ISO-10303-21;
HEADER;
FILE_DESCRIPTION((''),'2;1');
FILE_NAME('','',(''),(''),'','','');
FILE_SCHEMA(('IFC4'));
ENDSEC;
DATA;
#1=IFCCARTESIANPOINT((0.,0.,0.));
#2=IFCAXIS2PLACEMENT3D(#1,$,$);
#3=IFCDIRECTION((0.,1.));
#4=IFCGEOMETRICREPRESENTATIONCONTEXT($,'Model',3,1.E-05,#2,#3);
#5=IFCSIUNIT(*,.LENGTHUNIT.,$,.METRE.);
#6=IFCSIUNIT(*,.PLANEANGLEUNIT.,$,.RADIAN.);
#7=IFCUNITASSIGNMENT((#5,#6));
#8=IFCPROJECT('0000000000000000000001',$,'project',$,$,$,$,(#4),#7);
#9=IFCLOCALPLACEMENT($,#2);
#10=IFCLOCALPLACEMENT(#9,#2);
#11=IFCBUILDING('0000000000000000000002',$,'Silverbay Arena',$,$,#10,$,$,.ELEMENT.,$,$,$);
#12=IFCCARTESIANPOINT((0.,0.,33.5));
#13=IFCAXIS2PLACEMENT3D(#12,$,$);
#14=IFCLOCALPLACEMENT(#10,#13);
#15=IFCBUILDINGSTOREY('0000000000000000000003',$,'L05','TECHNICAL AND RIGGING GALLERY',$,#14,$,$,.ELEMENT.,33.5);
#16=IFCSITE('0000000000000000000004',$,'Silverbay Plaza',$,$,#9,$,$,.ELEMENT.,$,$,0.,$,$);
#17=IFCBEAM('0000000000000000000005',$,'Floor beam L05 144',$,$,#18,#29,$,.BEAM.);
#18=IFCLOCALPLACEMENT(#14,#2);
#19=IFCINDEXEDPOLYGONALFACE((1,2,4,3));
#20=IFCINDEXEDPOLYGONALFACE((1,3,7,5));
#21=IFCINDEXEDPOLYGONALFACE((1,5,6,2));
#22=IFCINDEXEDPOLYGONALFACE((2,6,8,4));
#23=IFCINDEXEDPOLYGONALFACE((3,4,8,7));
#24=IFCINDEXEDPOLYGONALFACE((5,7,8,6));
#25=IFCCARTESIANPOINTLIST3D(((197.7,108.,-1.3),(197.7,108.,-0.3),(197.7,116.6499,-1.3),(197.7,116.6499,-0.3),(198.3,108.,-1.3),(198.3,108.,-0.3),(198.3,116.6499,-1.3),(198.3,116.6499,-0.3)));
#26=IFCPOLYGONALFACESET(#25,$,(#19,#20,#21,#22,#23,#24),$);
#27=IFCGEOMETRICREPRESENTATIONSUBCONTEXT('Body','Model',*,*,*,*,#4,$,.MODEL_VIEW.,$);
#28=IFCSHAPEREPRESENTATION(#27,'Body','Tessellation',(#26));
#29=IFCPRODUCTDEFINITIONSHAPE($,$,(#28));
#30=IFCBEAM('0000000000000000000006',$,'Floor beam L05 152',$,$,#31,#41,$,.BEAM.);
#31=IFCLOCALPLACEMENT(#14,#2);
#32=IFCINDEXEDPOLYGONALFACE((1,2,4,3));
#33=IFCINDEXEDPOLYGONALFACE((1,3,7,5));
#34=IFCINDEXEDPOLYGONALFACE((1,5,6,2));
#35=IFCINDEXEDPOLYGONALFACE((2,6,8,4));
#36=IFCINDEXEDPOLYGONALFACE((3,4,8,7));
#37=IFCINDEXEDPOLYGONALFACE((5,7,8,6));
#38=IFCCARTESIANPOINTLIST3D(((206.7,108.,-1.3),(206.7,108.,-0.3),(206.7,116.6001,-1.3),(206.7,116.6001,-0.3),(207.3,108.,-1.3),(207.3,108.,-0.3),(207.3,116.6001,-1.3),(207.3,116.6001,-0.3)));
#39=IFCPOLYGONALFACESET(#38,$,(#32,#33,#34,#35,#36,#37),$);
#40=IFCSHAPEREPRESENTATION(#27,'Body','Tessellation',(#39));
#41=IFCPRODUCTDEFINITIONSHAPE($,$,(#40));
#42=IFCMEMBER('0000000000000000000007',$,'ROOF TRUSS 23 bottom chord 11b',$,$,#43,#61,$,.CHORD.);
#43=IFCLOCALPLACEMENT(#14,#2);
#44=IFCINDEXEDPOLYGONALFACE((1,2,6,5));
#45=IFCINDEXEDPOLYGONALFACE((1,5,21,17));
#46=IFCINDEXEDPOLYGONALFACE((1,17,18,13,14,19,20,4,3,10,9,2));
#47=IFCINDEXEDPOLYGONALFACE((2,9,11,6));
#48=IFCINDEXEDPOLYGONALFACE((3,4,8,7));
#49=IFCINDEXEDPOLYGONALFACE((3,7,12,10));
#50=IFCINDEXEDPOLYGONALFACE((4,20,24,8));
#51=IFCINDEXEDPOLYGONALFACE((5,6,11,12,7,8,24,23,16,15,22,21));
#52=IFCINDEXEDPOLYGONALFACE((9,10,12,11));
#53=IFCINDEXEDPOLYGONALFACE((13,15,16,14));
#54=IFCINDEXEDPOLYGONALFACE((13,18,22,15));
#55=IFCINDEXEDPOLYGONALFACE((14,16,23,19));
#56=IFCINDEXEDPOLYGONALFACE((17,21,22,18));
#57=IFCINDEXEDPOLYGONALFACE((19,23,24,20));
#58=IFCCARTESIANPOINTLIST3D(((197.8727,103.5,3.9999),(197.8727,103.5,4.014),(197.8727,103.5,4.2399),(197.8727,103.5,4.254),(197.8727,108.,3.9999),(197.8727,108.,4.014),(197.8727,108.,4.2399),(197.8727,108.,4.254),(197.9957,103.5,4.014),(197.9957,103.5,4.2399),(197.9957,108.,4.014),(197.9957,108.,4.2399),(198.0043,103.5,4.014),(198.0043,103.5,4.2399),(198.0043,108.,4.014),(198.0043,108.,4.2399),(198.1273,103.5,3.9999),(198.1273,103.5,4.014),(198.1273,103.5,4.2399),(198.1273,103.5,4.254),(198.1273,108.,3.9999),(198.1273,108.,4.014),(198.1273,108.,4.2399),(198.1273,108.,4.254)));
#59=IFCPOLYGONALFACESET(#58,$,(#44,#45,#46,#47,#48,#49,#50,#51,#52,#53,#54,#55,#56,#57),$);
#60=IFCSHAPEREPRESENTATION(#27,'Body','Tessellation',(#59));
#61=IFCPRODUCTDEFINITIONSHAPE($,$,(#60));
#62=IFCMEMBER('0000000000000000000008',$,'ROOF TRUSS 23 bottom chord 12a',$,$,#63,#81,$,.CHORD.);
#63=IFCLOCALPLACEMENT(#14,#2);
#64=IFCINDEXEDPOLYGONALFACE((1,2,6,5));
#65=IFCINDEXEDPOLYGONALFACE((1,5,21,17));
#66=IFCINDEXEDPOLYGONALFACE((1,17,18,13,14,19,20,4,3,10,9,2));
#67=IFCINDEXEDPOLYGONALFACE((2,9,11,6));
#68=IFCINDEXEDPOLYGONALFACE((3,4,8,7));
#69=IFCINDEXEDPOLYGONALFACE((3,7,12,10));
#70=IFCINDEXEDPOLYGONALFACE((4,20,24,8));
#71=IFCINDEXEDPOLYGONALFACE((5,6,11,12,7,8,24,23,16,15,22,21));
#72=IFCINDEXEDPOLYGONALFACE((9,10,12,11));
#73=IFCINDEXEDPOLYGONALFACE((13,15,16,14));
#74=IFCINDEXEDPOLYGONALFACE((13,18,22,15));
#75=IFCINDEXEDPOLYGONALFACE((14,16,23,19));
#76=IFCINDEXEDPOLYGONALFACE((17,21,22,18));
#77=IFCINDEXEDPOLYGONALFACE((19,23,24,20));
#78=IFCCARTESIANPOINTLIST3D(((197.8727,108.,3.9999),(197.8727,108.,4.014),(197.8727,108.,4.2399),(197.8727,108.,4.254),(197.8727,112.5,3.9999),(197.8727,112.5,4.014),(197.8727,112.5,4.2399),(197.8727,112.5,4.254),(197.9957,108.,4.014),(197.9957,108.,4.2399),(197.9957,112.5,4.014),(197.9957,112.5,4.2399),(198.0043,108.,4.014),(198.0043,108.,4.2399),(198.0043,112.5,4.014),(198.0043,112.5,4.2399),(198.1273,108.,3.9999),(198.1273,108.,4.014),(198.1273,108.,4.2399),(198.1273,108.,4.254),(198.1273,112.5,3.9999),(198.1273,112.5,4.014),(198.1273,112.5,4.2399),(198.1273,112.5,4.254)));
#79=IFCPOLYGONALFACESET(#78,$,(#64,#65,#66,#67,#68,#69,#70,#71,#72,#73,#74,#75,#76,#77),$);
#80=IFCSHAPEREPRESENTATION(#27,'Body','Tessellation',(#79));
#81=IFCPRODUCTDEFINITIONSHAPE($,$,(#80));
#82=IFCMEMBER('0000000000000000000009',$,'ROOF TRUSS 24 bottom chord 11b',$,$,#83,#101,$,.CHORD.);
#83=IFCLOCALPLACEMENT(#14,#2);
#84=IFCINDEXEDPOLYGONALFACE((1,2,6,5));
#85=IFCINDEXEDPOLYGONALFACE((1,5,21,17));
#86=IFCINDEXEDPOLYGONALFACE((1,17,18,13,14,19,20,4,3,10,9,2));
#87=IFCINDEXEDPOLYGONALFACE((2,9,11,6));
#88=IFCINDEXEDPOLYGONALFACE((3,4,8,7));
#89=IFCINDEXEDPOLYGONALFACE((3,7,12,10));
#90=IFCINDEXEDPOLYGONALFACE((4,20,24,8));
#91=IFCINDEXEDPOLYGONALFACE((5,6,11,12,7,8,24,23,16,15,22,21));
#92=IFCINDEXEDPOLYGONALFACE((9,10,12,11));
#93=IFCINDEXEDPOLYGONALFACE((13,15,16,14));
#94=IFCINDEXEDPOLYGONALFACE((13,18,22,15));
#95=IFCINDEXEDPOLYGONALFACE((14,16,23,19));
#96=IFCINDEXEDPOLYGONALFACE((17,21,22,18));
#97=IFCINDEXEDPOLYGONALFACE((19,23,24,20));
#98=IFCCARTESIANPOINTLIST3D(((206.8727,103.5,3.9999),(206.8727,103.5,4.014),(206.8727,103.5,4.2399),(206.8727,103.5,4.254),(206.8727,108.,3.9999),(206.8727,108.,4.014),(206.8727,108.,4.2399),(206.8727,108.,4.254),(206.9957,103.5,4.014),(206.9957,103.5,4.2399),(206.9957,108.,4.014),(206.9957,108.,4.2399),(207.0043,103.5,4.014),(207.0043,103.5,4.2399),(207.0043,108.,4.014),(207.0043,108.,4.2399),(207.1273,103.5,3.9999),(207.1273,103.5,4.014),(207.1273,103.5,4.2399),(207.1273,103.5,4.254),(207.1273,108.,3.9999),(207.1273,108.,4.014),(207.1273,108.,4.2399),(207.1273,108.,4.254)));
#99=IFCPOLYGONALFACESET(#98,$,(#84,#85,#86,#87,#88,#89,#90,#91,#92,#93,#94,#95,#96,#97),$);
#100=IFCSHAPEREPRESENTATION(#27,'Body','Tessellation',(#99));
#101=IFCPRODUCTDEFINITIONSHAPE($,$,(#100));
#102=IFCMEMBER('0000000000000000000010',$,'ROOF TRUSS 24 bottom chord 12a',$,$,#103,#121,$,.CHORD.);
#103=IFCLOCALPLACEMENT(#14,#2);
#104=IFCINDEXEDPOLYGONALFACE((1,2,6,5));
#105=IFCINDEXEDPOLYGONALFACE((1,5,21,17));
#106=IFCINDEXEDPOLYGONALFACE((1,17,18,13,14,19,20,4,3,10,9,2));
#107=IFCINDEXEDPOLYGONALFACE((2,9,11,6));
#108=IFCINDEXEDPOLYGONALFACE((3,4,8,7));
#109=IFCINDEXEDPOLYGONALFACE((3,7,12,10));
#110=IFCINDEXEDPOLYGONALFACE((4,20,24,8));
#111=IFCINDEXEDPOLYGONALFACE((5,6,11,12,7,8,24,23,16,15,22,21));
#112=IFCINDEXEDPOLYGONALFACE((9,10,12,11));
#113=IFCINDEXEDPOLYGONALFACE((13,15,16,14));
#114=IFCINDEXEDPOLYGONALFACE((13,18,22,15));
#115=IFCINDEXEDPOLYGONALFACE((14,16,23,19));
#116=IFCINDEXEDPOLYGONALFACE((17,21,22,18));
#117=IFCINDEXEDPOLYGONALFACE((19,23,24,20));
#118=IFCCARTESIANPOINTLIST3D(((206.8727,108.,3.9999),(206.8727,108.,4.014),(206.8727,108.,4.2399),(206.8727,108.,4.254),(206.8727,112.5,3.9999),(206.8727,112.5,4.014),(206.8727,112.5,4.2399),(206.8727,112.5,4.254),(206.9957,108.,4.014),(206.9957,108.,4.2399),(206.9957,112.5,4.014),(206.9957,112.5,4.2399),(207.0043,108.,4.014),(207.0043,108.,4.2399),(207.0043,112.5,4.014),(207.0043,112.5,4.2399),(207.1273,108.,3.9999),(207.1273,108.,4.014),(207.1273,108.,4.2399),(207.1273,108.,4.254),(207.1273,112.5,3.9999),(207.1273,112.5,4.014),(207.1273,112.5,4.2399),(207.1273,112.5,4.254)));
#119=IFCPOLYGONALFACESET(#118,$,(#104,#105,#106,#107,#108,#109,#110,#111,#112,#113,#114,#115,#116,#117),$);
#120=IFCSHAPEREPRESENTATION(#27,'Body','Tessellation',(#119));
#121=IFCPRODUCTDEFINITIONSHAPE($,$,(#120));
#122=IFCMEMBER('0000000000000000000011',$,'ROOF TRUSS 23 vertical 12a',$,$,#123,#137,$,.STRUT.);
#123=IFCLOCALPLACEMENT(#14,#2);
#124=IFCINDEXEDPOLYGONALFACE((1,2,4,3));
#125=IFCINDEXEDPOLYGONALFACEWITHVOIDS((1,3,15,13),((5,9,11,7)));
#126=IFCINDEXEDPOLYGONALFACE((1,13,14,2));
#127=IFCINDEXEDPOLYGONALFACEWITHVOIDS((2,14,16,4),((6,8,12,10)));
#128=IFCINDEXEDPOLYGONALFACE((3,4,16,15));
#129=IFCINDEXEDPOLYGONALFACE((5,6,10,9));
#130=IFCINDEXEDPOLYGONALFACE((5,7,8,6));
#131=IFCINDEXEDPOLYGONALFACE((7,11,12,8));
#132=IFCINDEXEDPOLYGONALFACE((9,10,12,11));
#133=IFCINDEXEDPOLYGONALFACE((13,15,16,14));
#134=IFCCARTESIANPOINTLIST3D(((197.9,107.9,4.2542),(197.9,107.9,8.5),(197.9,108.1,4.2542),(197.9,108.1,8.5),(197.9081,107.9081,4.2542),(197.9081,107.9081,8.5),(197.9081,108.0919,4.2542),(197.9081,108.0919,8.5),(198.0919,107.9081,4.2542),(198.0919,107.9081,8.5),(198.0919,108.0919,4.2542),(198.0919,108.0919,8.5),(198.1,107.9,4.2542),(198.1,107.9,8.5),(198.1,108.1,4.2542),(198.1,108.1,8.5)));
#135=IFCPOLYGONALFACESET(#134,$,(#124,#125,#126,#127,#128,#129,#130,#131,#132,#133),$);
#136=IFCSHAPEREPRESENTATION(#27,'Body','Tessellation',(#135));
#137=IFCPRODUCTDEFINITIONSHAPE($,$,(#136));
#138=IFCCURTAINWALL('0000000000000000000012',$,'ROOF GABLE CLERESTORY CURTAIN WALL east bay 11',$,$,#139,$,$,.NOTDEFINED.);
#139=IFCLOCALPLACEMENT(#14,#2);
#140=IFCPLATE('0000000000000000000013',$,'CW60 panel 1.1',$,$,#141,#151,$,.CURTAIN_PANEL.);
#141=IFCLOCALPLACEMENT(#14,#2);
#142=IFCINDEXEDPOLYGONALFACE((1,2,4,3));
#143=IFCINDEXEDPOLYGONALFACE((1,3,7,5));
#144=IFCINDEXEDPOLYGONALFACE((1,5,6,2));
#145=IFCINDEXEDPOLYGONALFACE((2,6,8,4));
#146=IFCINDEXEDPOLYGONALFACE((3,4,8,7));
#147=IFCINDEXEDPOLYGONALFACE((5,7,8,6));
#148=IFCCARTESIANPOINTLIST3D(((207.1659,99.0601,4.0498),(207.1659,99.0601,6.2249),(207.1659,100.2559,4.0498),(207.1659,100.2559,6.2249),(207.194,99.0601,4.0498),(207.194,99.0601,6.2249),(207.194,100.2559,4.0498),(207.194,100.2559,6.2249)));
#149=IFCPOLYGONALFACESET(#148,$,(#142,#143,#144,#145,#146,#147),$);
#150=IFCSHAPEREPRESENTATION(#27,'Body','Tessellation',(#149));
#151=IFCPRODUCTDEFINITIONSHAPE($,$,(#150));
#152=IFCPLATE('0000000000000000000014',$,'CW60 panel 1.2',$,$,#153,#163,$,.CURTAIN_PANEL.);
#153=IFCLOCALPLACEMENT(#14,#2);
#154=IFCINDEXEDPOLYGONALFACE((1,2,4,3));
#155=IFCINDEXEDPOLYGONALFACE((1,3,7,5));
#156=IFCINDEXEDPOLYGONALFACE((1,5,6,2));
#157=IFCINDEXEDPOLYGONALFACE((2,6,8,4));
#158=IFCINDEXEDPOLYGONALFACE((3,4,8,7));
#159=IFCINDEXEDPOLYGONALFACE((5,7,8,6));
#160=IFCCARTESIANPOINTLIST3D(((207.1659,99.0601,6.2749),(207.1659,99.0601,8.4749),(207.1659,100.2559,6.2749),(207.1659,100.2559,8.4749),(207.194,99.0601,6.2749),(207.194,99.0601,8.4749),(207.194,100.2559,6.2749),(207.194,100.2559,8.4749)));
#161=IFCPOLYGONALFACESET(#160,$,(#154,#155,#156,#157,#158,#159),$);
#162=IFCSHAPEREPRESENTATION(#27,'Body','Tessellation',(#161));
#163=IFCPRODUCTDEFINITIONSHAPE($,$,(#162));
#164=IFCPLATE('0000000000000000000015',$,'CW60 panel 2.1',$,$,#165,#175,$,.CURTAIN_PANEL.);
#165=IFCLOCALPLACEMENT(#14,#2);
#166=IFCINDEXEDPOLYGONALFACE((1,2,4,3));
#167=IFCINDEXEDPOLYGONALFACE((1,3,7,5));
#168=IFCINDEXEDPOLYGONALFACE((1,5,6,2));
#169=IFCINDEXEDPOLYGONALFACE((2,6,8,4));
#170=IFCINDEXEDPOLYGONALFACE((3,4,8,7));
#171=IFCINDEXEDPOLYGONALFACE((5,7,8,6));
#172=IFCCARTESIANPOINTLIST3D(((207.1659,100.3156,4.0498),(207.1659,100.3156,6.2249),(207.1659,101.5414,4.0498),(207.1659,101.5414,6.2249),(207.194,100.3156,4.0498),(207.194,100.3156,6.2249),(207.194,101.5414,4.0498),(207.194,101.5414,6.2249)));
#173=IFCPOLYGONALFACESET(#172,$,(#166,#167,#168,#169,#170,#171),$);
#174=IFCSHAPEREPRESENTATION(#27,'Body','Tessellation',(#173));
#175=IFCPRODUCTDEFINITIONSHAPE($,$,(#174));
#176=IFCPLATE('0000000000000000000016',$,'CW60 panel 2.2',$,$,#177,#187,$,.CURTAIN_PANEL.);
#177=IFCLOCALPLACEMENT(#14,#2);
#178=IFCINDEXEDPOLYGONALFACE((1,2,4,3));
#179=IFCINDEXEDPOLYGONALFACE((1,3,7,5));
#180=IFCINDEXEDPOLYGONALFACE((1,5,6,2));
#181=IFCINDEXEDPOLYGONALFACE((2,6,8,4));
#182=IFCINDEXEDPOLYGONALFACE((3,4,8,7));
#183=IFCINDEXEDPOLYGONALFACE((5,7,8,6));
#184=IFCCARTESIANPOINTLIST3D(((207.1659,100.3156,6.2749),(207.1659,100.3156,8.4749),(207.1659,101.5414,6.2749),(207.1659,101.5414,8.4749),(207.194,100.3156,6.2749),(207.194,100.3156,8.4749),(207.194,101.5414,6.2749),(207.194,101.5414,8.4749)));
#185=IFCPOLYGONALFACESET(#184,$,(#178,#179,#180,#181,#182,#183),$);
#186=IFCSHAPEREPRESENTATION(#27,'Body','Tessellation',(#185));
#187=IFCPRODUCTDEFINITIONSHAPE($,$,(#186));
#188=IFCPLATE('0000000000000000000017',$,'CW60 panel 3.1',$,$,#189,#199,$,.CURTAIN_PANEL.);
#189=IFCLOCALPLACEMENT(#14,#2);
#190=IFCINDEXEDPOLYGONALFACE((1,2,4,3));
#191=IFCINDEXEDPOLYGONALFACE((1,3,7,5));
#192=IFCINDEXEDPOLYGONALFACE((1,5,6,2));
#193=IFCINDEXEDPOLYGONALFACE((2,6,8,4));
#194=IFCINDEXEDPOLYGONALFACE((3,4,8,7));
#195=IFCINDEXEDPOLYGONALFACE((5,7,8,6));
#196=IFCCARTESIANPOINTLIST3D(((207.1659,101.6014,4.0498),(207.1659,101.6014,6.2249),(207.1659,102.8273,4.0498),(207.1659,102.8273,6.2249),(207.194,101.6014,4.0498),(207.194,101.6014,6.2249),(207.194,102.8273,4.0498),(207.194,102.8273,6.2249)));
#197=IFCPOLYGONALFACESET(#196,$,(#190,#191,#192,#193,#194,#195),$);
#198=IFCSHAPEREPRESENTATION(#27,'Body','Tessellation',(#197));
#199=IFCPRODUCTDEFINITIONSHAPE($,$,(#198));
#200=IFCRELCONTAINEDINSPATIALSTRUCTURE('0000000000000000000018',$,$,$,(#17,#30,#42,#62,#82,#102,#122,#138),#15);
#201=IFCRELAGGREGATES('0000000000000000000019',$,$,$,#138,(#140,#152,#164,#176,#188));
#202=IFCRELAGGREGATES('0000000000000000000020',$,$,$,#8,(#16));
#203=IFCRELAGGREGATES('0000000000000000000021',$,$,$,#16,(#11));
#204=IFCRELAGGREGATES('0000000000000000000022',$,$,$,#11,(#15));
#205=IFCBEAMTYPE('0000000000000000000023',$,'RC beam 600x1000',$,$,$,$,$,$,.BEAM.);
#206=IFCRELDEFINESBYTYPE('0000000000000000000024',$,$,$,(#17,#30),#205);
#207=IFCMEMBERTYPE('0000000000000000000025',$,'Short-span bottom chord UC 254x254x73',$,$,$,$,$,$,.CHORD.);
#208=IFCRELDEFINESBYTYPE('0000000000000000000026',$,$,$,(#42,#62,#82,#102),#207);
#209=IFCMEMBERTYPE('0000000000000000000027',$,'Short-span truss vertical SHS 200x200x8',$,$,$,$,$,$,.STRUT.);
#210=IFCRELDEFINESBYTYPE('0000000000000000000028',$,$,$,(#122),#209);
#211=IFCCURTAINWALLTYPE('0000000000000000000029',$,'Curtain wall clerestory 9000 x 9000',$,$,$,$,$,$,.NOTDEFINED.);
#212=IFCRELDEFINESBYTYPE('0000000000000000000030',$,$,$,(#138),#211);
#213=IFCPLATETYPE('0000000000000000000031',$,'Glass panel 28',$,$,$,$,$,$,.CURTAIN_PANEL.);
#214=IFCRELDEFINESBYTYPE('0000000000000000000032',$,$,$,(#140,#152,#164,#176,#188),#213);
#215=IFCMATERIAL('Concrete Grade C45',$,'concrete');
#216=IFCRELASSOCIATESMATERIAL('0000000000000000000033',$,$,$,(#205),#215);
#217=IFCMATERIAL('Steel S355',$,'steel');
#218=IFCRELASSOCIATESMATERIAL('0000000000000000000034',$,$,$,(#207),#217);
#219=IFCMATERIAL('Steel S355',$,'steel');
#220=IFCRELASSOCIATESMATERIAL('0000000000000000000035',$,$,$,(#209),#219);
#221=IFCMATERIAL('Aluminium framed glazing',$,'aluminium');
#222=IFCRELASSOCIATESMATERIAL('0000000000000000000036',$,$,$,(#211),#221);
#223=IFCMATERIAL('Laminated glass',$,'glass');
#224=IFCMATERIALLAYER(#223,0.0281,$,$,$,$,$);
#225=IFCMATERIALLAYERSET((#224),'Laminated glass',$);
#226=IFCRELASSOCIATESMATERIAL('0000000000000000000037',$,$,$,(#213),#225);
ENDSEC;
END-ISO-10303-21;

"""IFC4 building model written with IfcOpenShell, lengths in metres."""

from ifc_helpers import new_model, si_unit, direction, frame, origin, origin_2d, place, context, subcontext, project, spatial, rectangle, hollow_rectangle, i_section, extrude, material, layer, layer_set, material_profile, profile_set, type_object, element, aggregate, save


model = new_model("IFC4")

# Units and contexts
model_context = context("Model", 3, precision=1e-05, world=origin(), true_north=direction((0.0, 1.0)))
body_context = subcontext(model_context, "Body", "Model", "MODEL_VIEW")
ifc_project = project(units=[si_unit("LENGTHUNIT", "METRE"), si_unit("PLANEANGLEUNIT", "RADIAN")], contexts=[model_context])

# Site, building, storey
site_placement = place(None, origin())
site = spatial("IfcSite", under=ifc_project, at=site_placement, Name="Silverbay Plaza", CompositionType="ELEMENT", RefElevation=0.0)
building_placement = place(site_placement, origin())
building = spatial("IfcBuilding", under=site, at=building_placement, Name="Silverbay Arena", CompositionType="ELEMENT")
storey_placement = place(building_placement, frame((0.0, 0.0, 33.5)))
storey = spatial("IfcBuildingStorey", under=building, at=storey_placement, Name="L05", Description="TECHNICAL AND RIGGING GALLERY", CompositionType="ELEMENT", Elevation=33.5)

# Beams
ifc_material_1 = material(Name="Concrete Grade C45", Category="concrete")
ifc_material_profile_1 = material_profile(ifc_material_1, rectangle(XDim=0.6001, YDim=1.0, at=origin_2d()), Name="RC 600x1000")
ifc_profile_set_1 = profile_set([ifc_material_profile_1], Name="Concrete Grade C45")
beam_type = type_object("IfcBeamType", Name="RC beam 600x1000", PredefinedType="BEAM", material=ifc_profile_set_1)
beam_1_placement = place(storey_placement, frame((198.0, 108.0, -0.8), z_axis=(0.0, 1.0, 0.0), x_axis=(-1.0, 0.0, 0.0)))
element("IfcBeam", 1, at=beam_1_placement, inside=storey, type_object=beam_type, Name="Floor beam L05 144", PredefinedType="BEAM", context=body_context, shape_type="SweptSolid", body=[
    extrude(rectangle(XDim=0.6001, YDim=1.0, at=origin_2d()), origin(), (0.0, 0.0, 1.0), 8.6499),
])
beam_2_placement = place(storey_placement, frame((207.0, 108.0, -0.8), z_axis=(0.0, 1.0, 0.0), x_axis=(-1.0, 0.0, 0.0)))
element("IfcBeam", 2, at=beam_2_placement, inside=storey, type_object=beam_type, Name="Floor beam L05 152", PredefinedType="BEAM", context=body_context, shape_type="SweptSolid", body=[
    extrude(rectangle(XDim=0.6001, YDim=1.0, at=origin_2d()), origin(), (0.0, 0.0, 1.0), 8.6001),
])

# Members
ifc_material_2 = material(Name="Steel S355", Category="steel")
ifc_material_profile_2 = material_profile(ifc_material_2, i_section(OverallWidth=0.2546, OverallDepth=0.2542, WebThickness=0.0085, FlangeThickness=0.0142, at=origin_2d()), Name="UC 254x254x73")
ifc_profile_set_2 = profile_set([ifc_material_profile_2], Name="Steel S355")
member_type_1 = type_object("IfcMemberType", Name="Short-span bottom chord UC 254x254x73", PredefinedType="CHORD", material=ifc_profile_set_2)
for number, where, z_axis, x_axis, name in (
    (3, (198.0, 103.5, 4.127), (0.0, 1.0, 0.0), (-1.0, 0.0, 0.0), "ROOF TRUSS 23 bottom chord 11b"),
    (4, (198.0, 108.0, 4.127), (0.0, 1.0, 0.0), (-1.0, 0.0, 0.0), "ROOF TRUSS 23 bottom chord 12a"),
    (5, (207.0, 103.5, 4.127), (0.0, 1.0, 0.0), (-1.0, 0.0, 0.0), "ROOF TRUSS 24 bottom chord 11b"),
    (6, (207.0, 108.0, 4.127), (0.0, 1.0, 0.0), (-1.0, 0.0, 0.0), "ROOF TRUSS 24 bottom chord 12a"),
):
    element("IfcMember", number, at=place(storey_placement, frame(where, z_axis=z_axis, x_axis=x_axis)), inside=storey, type_object=member_type_1, Name=name, PredefinedType="CHORD", context=body_context, shape_type="SweptSolid", body=[
        extrude(i_section(OverallWidth=0.2546, OverallDepth=0.2542, WebThickness=0.0085, FlangeThickness=0.0142, at=origin_2d()), origin(), (0.0, 0.0, 1.0), 4.5),
    ])
ifc_material_3 = material(Name="Steel S355", Category="steel")
ifc_material_profile_3 = material_profile(ifc_material_3, hollow_rectangle(XDim=0.2, YDim=0.2, WallThickness=0.0081, at=origin_2d()), Name="SHS 200x200x8")
ifc_profile_set_3 = profile_set([ifc_material_profile_3], Name="Steel S355")
member_type_2 = type_object("IfcMemberType", Name="Short-span truss vertical SHS 200x200x8", PredefinedType="STRUT", material=ifc_profile_set_3)
member_placement = place(storey_placement, frame((198.0, 108.0, 4.2542), z_axis=(0.0, 0.0, 1.0), x_axis=(1.0, 0.0, 0.0)))
element("IfcMember", 7, at=member_placement, inside=storey, type_object=member_type_2, Name="ROOF TRUSS 23 vertical 12a", PredefinedType="STRUT", context=body_context, shape_type="SweptSolid", body=[
    extrude(hollow_rectangle(XDim=0.2, YDim=0.2, WallThickness=0.0081, at=origin_2d()), origin(), (0.0, 0.0, 1.0), 4.2458),
])

# Curtain wall, plates
ifc_material_4 = material(Name="Aluminium framed glazing", Category="aluminium")
curtain_wall_type = type_object("IfcCurtainWallType", Name="Curtain wall clerestory 9000 x 9000", PredefinedType="NOTDEFINED", material=ifc_material_4)
curtain_wall_placement = place(storey_placement, origin())
curtain_wall = element("IfcCurtainWall", 8, at=curtain_wall_placement, inside=storey, type_object=curtain_wall_type, Name="ROOF GABLE CLERESTORY CURTAIN WALL east bay 11", PredefinedType="NOTDEFINED")
ifc_material_5 = material(Name="Laminated glass", Category="glass")
ifc_layer_1 = layer(ifc_material_5, 0.0281)
ifc_layer_set_1 = layer_set([ifc_layer_1], Name="Laminated glass")
plate_type = type_object("IfcPlateType", Name="Glass panel 28", PredefinedType="CURTAIN_PANEL", material=ifc_layer_set_1)
plate_1_placement = place(storey_placement, frame((207.1799, 99.658, 4.0498), z_axis=(0.0, 0.0, 1.0), x_axis=(0.0, 1.0, 0.0)))
plate_1 = element("IfcPlate", 9, at=plate_1_placement, type_object=plate_type, Name="CW60 panel 1.1", PredefinedType="CURTAIN_PANEL", context=body_context, shape_type="SweptSolid", body=[
    extrude(rectangle(XDim=1.1958, YDim=0.0281, at=origin_2d()), origin(), (0.0, 0.0, 1.0), 2.175),
])
plate_2_placement = place(storey_placement, frame((207.1799, 99.658, 6.2749), z_axis=(0.0, 0.0, 1.0), x_axis=(0.0, 1.0, 0.0)))
plate_2 = element("IfcPlate", 10, at=plate_2_placement, type_object=plate_type, Name="CW60 panel 1.2", PredefinedType="CURTAIN_PANEL", context=body_context, shape_type="SweptSolid", body=[
    extrude(rectangle(XDim=1.1958, YDim=0.0281, at=origin_2d()), origin(), (0.0, 0.0, 1.0), 2.2),
])
plate_3_placement = place(storey_placement, frame((207.1799, 100.9285, 4.0498), z_axis=(0.0, 0.0, 1.0), x_axis=(0.0, 1.0, 0.0)))
plate_3 = element("IfcPlate", 11, at=plate_3_placement, type_object=plate_type, Name="CW60 panel 2.1", PredefinedType="CURTAIN_PANEL", context=body_context, shape_type="SweptSolid", body=[
    extrude(rectangle(XDim=1.2258, YDim=0.0281, at=origin_2d()), origin(), (0.0, 0.0, 1.0), 2.175),
])
plate_4_placement = place(storey_placement, frame((207.1799, 100.9285, 6.2749), z_axis=(0.0, 0.0, 1.0), x_axis=(0.0, 1.0, 0.0)))
plate_4 = element("IfcPlate", 12, at=plate_4_placement, type_object=plate_type, Name="CW60 panel 2.2", PredefinedType="CURTAIN_PANEL", context=body_context, shape_type="SweptSolid", body=[
    extrude(rectangle(XDim=1.2258, YDim=0.0281, at=origin_2d()), origin(), (0.0, 0.0, 1.0), 2.2),
])
plate_5_placement = place(storey_placement, frame((207.1799, 102.2144, 4.0498), z_axis=(0.0, 0.0, 1.0), x_axis=(0.0, 1.0, 0.0)))
plate_5 = element("IfcPlate", 13, at=plate_5_placement, type_object=plate_type, Name="CW60 panel 3.1", PredefinedType="CURTAIN_PANEL", context=body_context, shape_type="SweptSolid", body=[
    extrude(rectangle(XDim=1.2258, YDim=0.0281, at=origin_2d()), origin(), (0.0, 0.0, 1.0), 2.175),
])
aggregate(curtain_wall, [plate_1, plate_2, plate_3, plate_4, plate_5])

save(model, "model.ifc")
